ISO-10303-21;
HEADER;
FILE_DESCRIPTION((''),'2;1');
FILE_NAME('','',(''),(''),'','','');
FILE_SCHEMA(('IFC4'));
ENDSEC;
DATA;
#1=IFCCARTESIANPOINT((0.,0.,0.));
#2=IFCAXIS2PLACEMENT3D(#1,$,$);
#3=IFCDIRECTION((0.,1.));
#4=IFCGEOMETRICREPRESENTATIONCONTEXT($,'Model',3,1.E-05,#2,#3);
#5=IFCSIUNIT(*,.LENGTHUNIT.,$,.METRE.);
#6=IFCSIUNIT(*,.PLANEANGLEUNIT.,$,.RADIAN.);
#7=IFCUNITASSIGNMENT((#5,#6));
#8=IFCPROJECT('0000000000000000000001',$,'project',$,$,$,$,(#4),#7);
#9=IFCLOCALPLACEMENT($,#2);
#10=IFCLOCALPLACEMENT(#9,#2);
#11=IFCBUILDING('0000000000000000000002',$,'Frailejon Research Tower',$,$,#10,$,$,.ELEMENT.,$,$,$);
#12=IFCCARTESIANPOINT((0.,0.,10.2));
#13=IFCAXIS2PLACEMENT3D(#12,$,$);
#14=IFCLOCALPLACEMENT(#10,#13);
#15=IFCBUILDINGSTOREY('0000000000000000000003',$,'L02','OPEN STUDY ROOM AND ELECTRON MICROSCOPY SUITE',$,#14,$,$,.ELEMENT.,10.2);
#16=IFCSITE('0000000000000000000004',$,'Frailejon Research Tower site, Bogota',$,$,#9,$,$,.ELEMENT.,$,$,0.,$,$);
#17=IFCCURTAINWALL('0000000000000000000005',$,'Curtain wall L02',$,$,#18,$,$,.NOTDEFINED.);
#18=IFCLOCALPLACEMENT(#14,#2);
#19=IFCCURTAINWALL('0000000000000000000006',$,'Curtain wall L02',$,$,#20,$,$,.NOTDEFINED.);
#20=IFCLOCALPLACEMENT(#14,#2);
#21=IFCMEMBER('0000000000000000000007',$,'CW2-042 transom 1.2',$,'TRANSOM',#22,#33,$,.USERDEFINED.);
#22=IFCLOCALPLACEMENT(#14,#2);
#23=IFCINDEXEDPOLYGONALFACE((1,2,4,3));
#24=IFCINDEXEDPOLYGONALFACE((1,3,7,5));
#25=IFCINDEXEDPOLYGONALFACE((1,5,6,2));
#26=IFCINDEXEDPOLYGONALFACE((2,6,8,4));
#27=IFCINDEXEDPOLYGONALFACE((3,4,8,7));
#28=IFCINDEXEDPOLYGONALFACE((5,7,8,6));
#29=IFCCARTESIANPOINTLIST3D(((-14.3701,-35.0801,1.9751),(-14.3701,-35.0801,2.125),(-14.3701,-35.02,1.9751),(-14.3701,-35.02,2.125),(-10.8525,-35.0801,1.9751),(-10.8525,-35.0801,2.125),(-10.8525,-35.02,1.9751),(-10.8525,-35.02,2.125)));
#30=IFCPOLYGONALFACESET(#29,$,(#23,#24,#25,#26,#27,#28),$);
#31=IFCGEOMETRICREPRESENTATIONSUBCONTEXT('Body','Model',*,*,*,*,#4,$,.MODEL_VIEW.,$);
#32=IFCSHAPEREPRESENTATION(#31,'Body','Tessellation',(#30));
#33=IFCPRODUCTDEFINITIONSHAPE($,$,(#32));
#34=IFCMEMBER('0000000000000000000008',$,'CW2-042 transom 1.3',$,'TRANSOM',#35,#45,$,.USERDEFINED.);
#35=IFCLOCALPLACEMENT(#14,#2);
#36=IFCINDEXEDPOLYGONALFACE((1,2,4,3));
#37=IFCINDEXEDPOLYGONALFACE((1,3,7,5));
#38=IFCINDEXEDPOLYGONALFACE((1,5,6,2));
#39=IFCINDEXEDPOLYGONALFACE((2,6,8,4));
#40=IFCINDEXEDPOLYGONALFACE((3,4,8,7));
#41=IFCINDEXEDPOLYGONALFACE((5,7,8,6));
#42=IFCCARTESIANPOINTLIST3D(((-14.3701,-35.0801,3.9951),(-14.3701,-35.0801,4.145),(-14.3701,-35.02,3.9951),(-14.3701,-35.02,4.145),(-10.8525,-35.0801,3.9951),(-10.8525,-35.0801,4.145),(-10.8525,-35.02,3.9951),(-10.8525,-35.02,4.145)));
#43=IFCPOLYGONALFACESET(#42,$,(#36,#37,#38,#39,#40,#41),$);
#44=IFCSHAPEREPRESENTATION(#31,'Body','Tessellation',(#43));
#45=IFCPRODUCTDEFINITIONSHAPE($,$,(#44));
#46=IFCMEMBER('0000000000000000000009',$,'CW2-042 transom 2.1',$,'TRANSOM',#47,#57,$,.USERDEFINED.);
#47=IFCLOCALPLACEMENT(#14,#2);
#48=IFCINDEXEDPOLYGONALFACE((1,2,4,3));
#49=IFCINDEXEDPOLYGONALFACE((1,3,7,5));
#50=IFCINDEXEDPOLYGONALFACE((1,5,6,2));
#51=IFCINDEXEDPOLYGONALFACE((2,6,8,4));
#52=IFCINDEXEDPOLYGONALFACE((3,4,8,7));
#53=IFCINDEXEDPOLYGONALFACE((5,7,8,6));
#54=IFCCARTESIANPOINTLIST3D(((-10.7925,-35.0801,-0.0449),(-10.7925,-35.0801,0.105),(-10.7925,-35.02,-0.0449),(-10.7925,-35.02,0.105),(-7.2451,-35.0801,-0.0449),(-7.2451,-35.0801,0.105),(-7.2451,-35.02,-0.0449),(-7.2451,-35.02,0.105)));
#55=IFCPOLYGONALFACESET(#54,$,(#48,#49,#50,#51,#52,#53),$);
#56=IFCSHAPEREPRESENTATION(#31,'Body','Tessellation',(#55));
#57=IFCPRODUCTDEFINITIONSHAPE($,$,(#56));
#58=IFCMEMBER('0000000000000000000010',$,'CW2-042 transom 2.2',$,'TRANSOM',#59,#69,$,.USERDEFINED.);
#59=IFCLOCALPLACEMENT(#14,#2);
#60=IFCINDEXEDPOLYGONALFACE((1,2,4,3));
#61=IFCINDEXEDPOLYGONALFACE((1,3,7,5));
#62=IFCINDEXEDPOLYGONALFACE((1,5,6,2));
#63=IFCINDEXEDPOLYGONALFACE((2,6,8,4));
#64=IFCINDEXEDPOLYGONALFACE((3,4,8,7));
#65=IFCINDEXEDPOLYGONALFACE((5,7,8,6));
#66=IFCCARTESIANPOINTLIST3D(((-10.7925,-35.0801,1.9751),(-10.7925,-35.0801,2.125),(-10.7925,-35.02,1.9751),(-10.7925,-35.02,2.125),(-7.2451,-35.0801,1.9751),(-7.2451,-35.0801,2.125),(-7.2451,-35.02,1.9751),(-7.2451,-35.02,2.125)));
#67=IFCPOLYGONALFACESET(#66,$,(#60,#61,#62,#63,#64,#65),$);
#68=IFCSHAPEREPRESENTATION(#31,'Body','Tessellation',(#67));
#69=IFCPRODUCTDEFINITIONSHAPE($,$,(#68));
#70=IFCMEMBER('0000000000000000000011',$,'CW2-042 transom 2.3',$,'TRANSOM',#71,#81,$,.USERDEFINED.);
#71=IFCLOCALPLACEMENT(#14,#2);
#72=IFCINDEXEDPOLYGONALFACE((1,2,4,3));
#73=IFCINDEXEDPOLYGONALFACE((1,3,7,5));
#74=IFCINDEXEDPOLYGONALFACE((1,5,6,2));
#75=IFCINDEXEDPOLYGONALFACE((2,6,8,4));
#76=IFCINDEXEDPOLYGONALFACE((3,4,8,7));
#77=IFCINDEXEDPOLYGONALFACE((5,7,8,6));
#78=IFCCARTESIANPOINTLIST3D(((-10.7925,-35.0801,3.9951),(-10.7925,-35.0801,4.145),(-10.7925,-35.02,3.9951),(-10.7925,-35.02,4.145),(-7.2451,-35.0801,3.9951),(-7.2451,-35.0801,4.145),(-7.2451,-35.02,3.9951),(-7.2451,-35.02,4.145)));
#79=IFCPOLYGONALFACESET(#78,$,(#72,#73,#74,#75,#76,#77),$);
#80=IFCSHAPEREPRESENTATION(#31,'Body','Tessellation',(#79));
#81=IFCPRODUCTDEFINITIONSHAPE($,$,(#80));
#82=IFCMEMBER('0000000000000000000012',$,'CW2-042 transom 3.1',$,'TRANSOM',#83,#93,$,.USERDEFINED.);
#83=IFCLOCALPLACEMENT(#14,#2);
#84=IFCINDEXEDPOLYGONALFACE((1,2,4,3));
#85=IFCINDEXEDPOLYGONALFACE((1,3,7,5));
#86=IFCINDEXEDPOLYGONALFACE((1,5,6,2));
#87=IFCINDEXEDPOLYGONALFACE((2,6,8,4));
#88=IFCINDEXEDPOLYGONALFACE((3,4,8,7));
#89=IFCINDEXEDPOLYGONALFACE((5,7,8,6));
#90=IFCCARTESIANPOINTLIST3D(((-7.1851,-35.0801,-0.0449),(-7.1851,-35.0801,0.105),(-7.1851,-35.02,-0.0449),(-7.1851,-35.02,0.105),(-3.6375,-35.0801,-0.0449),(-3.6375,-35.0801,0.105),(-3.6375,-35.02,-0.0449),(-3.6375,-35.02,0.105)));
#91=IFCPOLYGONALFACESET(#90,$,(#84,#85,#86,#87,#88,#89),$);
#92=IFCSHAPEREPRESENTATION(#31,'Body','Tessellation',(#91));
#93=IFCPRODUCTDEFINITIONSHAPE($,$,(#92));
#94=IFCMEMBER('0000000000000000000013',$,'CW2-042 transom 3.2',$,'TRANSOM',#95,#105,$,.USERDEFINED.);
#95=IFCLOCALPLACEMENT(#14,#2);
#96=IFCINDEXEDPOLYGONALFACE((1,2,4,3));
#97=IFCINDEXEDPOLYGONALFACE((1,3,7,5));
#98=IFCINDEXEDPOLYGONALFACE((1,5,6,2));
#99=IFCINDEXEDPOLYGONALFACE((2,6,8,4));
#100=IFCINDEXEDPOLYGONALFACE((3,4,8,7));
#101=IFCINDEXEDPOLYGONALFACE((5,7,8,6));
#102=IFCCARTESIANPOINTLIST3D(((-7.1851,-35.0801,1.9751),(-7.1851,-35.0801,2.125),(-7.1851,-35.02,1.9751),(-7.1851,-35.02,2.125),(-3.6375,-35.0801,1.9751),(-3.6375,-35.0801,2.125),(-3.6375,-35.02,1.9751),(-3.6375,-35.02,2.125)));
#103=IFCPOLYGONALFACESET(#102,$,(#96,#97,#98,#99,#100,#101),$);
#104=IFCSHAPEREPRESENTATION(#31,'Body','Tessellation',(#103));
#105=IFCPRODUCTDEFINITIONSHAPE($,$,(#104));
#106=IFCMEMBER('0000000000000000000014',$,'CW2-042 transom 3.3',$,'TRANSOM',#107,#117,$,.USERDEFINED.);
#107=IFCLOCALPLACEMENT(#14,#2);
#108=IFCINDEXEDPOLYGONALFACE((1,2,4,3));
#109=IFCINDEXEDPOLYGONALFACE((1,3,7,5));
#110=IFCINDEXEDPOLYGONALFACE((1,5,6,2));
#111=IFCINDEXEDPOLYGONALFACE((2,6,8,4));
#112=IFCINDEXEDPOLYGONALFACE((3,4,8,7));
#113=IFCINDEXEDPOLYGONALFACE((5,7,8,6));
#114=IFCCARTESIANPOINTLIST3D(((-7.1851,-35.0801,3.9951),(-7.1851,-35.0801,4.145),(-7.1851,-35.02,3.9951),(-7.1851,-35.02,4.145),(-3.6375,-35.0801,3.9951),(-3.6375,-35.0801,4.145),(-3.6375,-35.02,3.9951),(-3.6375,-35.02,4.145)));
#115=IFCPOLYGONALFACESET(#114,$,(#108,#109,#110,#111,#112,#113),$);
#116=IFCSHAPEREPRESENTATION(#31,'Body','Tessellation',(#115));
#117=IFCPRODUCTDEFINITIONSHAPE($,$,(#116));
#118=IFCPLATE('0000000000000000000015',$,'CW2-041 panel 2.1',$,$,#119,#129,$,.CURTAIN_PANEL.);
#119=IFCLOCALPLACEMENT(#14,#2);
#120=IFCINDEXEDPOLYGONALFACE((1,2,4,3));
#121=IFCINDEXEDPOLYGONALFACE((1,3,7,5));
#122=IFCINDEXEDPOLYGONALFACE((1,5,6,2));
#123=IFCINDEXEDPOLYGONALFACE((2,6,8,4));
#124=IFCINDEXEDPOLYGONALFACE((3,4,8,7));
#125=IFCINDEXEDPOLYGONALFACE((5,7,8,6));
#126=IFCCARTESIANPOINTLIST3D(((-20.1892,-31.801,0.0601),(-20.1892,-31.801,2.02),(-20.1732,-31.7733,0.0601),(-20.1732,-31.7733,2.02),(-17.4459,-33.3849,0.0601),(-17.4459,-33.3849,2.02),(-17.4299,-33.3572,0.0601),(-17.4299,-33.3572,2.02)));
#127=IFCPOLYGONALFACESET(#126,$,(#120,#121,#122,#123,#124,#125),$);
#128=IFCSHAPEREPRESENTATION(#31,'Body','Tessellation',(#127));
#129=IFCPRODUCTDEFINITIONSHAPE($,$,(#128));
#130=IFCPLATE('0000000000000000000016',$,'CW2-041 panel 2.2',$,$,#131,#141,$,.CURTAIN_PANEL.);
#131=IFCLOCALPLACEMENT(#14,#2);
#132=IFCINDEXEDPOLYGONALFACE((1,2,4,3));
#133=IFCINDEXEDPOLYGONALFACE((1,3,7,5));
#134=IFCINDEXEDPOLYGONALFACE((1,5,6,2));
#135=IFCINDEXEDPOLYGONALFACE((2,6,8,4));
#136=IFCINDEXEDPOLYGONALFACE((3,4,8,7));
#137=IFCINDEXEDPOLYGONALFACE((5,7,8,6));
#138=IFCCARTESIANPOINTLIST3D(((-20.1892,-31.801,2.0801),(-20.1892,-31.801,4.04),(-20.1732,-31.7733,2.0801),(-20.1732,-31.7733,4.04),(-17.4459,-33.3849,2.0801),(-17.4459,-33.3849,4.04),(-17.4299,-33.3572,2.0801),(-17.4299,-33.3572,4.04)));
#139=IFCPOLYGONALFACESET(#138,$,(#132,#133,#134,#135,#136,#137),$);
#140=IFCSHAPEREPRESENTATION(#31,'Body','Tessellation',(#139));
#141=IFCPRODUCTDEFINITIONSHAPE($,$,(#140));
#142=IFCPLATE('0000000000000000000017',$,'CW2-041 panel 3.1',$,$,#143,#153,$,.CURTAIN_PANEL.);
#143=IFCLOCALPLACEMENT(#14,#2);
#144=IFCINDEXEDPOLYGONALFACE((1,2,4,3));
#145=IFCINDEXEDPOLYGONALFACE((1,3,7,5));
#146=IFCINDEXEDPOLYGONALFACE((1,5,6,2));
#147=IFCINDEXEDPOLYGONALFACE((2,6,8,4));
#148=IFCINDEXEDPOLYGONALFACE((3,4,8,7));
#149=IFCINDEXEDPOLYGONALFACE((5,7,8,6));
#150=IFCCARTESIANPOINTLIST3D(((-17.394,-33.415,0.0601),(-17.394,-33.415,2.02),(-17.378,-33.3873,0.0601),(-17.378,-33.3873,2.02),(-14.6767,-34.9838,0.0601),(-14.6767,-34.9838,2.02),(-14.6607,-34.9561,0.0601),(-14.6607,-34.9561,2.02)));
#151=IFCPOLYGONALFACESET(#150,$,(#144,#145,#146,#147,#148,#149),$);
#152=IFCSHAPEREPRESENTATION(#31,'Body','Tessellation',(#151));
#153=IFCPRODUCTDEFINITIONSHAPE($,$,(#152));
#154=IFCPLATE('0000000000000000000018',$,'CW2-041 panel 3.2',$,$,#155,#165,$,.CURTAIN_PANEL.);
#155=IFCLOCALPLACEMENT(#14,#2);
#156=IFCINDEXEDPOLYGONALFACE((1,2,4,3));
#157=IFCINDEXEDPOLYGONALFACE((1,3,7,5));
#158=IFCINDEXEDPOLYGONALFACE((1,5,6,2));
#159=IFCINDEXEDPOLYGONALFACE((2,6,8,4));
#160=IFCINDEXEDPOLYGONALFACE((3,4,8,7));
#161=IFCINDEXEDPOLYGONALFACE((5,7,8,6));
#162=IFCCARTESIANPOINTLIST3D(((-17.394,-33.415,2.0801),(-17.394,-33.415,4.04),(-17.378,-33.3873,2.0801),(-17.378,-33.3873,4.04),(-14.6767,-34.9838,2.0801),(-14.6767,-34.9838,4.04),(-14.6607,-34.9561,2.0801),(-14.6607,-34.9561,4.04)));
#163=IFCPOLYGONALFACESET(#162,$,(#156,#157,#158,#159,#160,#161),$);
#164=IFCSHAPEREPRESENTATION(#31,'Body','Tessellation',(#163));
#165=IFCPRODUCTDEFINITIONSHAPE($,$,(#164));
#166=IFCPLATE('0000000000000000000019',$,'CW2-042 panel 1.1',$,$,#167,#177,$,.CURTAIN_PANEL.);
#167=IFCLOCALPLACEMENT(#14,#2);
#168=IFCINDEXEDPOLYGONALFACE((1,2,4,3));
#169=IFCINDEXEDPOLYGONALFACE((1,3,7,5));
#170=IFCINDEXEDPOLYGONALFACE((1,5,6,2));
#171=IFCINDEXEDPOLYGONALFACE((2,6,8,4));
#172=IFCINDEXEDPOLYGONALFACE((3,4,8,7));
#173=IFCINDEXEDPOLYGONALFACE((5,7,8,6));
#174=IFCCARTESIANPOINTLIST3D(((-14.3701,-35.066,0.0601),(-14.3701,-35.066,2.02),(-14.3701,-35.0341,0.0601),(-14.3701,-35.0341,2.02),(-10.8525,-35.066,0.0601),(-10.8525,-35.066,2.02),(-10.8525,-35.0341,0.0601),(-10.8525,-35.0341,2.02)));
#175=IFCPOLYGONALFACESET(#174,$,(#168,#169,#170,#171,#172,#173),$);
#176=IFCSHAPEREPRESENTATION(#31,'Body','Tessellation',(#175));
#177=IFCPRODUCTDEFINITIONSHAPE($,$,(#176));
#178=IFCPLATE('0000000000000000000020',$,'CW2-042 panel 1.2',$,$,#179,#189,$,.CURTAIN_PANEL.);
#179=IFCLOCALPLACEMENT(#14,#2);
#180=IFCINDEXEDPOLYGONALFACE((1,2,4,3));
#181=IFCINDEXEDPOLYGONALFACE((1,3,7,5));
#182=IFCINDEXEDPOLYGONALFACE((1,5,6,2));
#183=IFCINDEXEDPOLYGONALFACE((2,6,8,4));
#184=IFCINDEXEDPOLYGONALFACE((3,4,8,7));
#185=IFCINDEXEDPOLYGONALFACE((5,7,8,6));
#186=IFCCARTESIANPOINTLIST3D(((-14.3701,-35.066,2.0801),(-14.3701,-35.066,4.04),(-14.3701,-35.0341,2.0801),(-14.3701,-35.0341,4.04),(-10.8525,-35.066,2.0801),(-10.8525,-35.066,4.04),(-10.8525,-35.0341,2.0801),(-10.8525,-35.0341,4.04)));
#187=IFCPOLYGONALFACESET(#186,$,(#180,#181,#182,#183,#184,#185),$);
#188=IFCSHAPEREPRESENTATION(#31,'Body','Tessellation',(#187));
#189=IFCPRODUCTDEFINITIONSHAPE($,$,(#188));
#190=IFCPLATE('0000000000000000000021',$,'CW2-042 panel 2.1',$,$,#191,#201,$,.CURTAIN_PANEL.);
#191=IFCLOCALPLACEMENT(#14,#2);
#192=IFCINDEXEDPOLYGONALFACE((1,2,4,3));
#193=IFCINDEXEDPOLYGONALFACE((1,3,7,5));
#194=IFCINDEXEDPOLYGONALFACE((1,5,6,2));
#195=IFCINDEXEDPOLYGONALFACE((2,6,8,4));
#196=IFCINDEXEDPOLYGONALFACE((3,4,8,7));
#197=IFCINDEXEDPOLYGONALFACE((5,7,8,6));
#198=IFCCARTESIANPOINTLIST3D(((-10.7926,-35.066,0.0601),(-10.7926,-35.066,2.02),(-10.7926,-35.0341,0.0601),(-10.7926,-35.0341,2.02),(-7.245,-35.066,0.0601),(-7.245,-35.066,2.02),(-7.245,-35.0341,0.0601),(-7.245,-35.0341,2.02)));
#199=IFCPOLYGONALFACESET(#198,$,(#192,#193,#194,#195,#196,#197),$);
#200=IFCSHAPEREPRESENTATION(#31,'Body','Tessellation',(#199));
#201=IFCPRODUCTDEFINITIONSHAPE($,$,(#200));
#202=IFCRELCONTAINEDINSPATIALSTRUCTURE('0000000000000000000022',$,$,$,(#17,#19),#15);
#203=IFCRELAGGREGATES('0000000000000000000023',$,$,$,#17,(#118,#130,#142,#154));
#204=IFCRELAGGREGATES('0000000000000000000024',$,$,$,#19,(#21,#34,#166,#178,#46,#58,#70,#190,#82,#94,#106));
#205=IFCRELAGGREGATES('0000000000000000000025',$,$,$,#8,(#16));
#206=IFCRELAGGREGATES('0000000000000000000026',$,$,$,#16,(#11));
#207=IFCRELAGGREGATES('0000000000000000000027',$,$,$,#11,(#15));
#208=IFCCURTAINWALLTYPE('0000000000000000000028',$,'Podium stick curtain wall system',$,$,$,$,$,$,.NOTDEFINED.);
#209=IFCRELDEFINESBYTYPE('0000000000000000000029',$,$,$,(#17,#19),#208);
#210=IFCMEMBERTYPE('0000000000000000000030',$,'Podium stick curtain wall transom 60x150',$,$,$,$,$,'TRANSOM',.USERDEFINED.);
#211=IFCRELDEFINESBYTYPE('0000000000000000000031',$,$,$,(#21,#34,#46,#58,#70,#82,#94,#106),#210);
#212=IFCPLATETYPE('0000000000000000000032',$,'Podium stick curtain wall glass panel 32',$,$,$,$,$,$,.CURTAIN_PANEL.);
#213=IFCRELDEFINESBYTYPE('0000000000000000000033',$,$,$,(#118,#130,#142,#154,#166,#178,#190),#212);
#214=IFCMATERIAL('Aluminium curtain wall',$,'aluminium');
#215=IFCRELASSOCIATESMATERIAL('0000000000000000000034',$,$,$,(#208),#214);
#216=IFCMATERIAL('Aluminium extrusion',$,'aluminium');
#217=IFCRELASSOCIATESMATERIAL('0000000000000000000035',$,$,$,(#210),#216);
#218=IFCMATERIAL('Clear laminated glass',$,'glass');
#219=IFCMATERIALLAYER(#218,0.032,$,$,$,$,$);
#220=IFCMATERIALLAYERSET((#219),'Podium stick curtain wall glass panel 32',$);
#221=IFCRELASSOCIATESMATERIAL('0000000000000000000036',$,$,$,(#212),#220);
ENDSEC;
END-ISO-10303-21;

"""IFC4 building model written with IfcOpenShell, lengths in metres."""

from ifc_helpers import new_model, si_unit, direction, frame, origin, origin_2d, place, context, subcontext, project, spatial, rectangle, extrude, material, layer, layer_set, material_profile, profile_set, type_object, element, aggregate, save


model = new_model("IFC4")

# Units and contexts
model_context = context("Model", 3, precision=1e-05, world=origin(), true_north=direction((0.0, 1.0)))
body_context = subcontext(model_context, "Body", "Model", "MODEL_VIEW")
ifc_project = project(units=[si_unit("LENGTHUNIT", "METRE"), si_unit("PLANEANGLEUNIT", "RADIAN")], contexts=[model_context])

# Site, building, storey
site_placement = place(None, origin())
site = spatial("IfcSite", under=ifc_project, at=site_placement, Name="Frailejon Research Tower site, Bogota", CompositionType="ELEMENT", RefElevation=0.0)
building_placement = place(site_placement, origin())
building = spatial("IfcBuilding", under=site, at=building_placement, Name="Frailejon Research Tower", CompositionType="ELEMENT")
storey_placement = place(building_placement, frame((0.0, 0.0, 10.2)))
storey = spatial("IfcBuildingStorey", under=building, at=storey_placement, Name="L02", Description="OPEN STUDY ROOM AND ELECTRON MICROSCOPY SUITE", CompositionType="ELEMENT", Elevation=10.2)

# Curtain walls
ifc_material_1 = material(Name="Aluminium curtain wall", Category="aluminium")
curtain_wall_type = type_object("IfcCurtainWallType", Name="Podium stick curtain wall system", PredefinedType="NOTDEFINED", material=ifc_material_1)
curtain_wall_1_placement = place(storey_placement, origin())
curtain_wall_1 = element("IfcCurtainWall", 1, at=curtain_wall_1_placement, inside=storey, type_object=curtain_wall_type, Name="Curtain wall L02", PredefinedType="NOTDEFINED")
curtain_wall_2_placement = place(storey_placement, origin())
curtain_wall_2 = element("IfcCurtainWall", 2, at=curtain_wall_2_placement, inside=storey, type_object=curtain_wall_type, Name="Curtain wall L02", PredefinedType="NOTDEFINED")

# Members
ifc_material_2 = material(Name="Aluminium extrusion", Category="aluminium")
ifc_material_profile_1 = material_profile(ifc_material_2, rectangle(XDim=0.0601, YDim=0.1499, at=origin_2d()), Name="Podium stick curtain wall transom 60x150")
ifc_profile_set_1 = profile_set([ifc_material_profile_1], Name="Aluminium extrusion")
member_type_1 = type_object("IfcMemberType", Name="Podium stick curtain wall transom 60x150", ElementType="TRANSOM", PredefinedType="USERDEFINED", material=ifc_profile_set_1)
member_1_placement = place(storey_placement, frame((-14.3701, -35.05, 2.05), z_axis=(1.0, 0.0, 0.0), x_axis=(0.0, 1.0, 0.0)))
member_1 = element("IfcMember", 3, at=member_1_placement, type_object=member_type_1, Name="CW2-042 transom 1.2", ObjectType="TRANSOM", PredefinedType="USERDEFINED", context=body_context, shape_type="SweptSolid", body=[
    extrude(rectangle(XDim=0.0601, YDim=0.1499, at=origin_2d()), origin(), (0.0, 0.0, 1.0), 3.5176),
])
member_2_placement = place(storey_placement, frame((-14.3701, -35.05, 4.0701), z_axis=(1.0, 0.0, 0.0), x_axis=(0.0, 1.0, 0.0)))
member_2 = element("IfcMember", 4, at=member_2_placement, type_object=member_type_1, Name="CW2-042 transom 1.3", ObjectType="TRANSOM", PredefinedType="USERDEFINED", context=body_context, shape_type="SweptSolid", body=[
    extrude(rectangle(XDim=0.0601, YDim=0.1499, at=origin_2d()), origin(), (0.0, 0.0, 1.0), 3.5176),
])
member_3_placement = place(storey_placement, frame((-10.7925, -35.05, 0.03), z_axis=(1.0, 0.0, 0.0), x_axis=(0.0, 1.0, 0.0)))
member_3 = element("IfcMember", 5, at=member_3_placement, type_object=member_type_1, Name="CW2-042 transom 2.1", ObjectType="TRANSOM", PredefinedType="USERDEFINED", context=body_context, shape_type="SweptSolid", body=[
    extrude(rectangle(XDim=0.0601, YDim=0.1499, at=origin_2d()), origin(), (0.0, 0.0, 1.0), 3.5474),
])
member_4_placement = place(storey_placement, frame((-10.7925, -35.05, 2.05), z_axis=(1.0, 0.0, 0.0), x_axis=(0.0, 1.0, 0.0)))
member_4 = element("IfcMember", 6, at=member_4_placement, type_object=member_type_1, Name="CW2-042 transom 2.2", ObjectType="TRANSOM", PredefinedType="USERDEFINED", context=body_context, shape_type="SweptSolid", body=[
    extrude(rectangle(XDim=0.0601, YDim=0.1499, at=origin_2d()), origin(), (0.0, 0.0, 1.0), 3.5474),
])
member_5_placement = place(storey_placement, frame((-10.7925, -35.05, 4.0701), z_axis=(1.0, 0.0, 0.0), x_axis=(0.0, 1.0, 0.0)))
member_5 = element("IfcMember", 7, at=member_5_placement, type_object=member_type_1, Name="CW2-042 transom 2.3", ObjectType="TRANSOM", PredefinedType="USERDEFINED", context=body_context, shape_type="SweptSolid", body=[
    extrude(rectangle(XDim=0.0601, YDim=0.1499, at=origin_2d()), origin(), (0.0, 0.0, 1.0), 3.5474),
])
member_6_placement = place(storey_placement, frame((-7.1851, -35.05, 0.03), z_axis=(1.0, 0.0, 0.0), x_axis=(0.0, 1.0, 0.0)))
member_6 = element("IfcMember", 8, at=member_6_placement, type_object=member_type_1, Name="CW2-042 transom 3.1", ObjectType="TRANSOM", PredefinedType="USERDEFINED", context=body_context, shape_type="SweptSolid", body=[
    extrude(rectangle(XDim=0.0601, YDim=0.1499, at=origin_2d()), origin(), (0.0, 0.0, 1.0), 3.5476),
])
member_7_placement = place(storey_placement, frame((-7.1851, -35.05, 2.05), z_axis=(1.0, 0.0, 0.0), x_axis=(0.0, 1.0, 0.0)))
member_7 = element("IfcMember", 9, at=member_7_placement, type_object=member_type_1, Name="CW2-042 transom 3.2", ObjectType="TRANSOM", PredefinedType="USERDEFINED", context=body_context, shape_type="SweptSolid", body=[
    extrude(rectangle(XDim=0.0601, YDim=0.1499, at=origin_2d()), origin(), (0.0, 0.0, 1.0), 3.5476),
])
member_8_placement = place(storey_placement, frame((-7.1851, -35.05, 4.0701), z_axis=(1.0, 0.0, 0.0), x_axis=(0.0, 1.0, 0.0)))
member_8 = element("IfcMember", 10, at=member_8_placement, type_object=member_type_1, Name="CW2-042 transom 3.3", ObjectType="TRANSOM", PredefinedType="USERDEFINED", context=body_context, shape_type="SweptSolid", body=[
    extrude(rectangle(XDim=0.0601, YDim=0.1499, at=origin_2d()), origin(), (0.0, 0.0, 1.0), 3.5476),
])

# Plates
ifc_material_3 = material(Name="Clear laminated glass", Category="glass")
ifc_layer_1 = layer(ifc_material_3, 0.032)
ifc_layer_set_1 = layer_set([ifc_layer_1], Name="Podium stick curtain wall glass panel 32")
plate_type = type_object("IfcPlateType", Name="Podium stick curtain wall glass panel 32", PredefinedType="CURTAIN_PANEL", material=ifc_layer_set_1)
plate_1_placement = place(storey_placement, frame((-18.8096, -32.5791, 0.0601), z_axis=(0.0, 0.0, 1.0), x_axis=(0.866025, -0.5, 0.0)))
plate_1 = element("IfcPlate", 11, at=plate_1_placement, type_object=plate_type, Name="CW2-041 panel 2.1", PredefinedType="CURTAIN_PANEL", context=body_context, shape_type="SweptSolid", body=[
    extrude(rectangle(XDim=3.1677, YDim=0.032, at=origin_2d()), origin(), (0.0, 0.0, 1.0), 1.96),
])
plate_2_placement = place(storey_placement, frame((-18.8096, -32.5791, 2.0801), z_axis=(0.0, 0.0, 1.0), x_axis=(0.866025, -0.5, 0.0)))
plate_2 = element("IfcPlate", 12, at=plate_2_placement, type_object=plate_type, Name="CW2-041 panel 2.2", PredefinedType="CURTAIN_PANEL", context=body_context, shape_type="SweptSolid", body=[
    extrude(rectangle(XDim=3.1677, YDim=0.032, at=origin_2d()), origin(), (0.0, 0.0, 1.0), 1.96),
])
plate_3_placement = place(storey_placement, frame((-16.0273, -34.1855, 0.0601), z_axis=(0.0, 0.0, 1.0), x_axis=(0.866025, -0.5, 0.0)))
plate_3 = element("IfcPlate", 13, at=plate_3_placement, type_object=plate_type, Name="CW2-041 panel 3.1", PredefinedType="CURTAIN_PANEL", context=body_context, shape_type="SweptSolid", body=[
    extrude(rectangle(XDim=3.1377, YDim=0.032, at=origin_2d()), origin(), (0.0, 0.0, 1.0), 1.96),
])
plate_4_placement = place(storey_placement, frame((-16.0273, -34.1855, 2.0801), z_axis=(0.0, 0.0, 1.0), x_axis=(0.866025, -0.5, 0.0)))
plate_4 = element("IfcPlate", 14, at=plate_4_placement, type_object=plate_type, Name="CW2-041 panel 3.2", PredefinedType="CURTAIN_PANEL", context=body_context, shape_type="SweptSolid", body=[
    extrude(rectangle(XDim=3.1377, YDim=0.032, at=origin_2d()), origin(), (0.0, 0.0, 1.0), 1.96),
])
aggregate(curtain_wall_1, [plate_1, plate_2, plate_3, plate_4])
plate_5_placement = place(storey_placement, frame((-12.6113, -35.05, 0.0601), z_axis=(0.0, 0.0, 1.0), x_axis=(1.0, 0.0, 0.0)))
plate_5 = element("IfcPlate", 15, at=plate_5_placement, type_object=plate_type, Name="CW2-042 panel 1.1", PredefinedType="CURTAIN_PANEL", context=body_context, shape_type="SweptSolid", body=[
    extrude(rectangle(XDim=3.5176, YDim=0.032, at=origin_2d()), origin(), (0.0, 0.0, 1.0), 1.96),
])
plate_6_placement = place(storey_placement, frame((-12.6113, -35.05, 2.0801), z_axis=(0.0, 0.0, 1.0), x_axis=(1.0, 0.0, 0.0)))
plate_6 = element("IfcPlate", 16, at=plate_6_placement, type_object=plate_type, Name="CW2-042 panel 1.2", PredefinedType="CURTAIN_PANEL", context=body_context, shape_type="SweptSolid", body=[
    extrude(rectangle(XDim=3.5176, YDim=0.032, at=origin_2d()), origin(), (0.0, 0.0, 1.0), 1.96),
])
plate_7_placement = place(storey_placement, frame((-9.0188, -35.05, 0.0601), z_axis=(0.0, 0.0, 1.0), x_axis=(1.0, 0.0, 0.0)))
plate_7 = element("IfcPlate", 17, at=plate_7_placement, type_object=plate_type, Name="CW2-042 panel 2.1", PredefinedType="CURTAIN_PANEL", context=body_context, shape_type="SweptSolid", body=[
    extrude(rectangle(XDim=3.5476, YDim=0.032, at=origin_2d()), origin(), (0.0, 0.0, 1.0), 1.96),
])
aggregate(curtain_wall_2, [member_1, member_2, plate_5, plate_6, member_3, member_4, member_5, plate_7, member_6, member_7, member_8])

save(model, "model.ifc")
